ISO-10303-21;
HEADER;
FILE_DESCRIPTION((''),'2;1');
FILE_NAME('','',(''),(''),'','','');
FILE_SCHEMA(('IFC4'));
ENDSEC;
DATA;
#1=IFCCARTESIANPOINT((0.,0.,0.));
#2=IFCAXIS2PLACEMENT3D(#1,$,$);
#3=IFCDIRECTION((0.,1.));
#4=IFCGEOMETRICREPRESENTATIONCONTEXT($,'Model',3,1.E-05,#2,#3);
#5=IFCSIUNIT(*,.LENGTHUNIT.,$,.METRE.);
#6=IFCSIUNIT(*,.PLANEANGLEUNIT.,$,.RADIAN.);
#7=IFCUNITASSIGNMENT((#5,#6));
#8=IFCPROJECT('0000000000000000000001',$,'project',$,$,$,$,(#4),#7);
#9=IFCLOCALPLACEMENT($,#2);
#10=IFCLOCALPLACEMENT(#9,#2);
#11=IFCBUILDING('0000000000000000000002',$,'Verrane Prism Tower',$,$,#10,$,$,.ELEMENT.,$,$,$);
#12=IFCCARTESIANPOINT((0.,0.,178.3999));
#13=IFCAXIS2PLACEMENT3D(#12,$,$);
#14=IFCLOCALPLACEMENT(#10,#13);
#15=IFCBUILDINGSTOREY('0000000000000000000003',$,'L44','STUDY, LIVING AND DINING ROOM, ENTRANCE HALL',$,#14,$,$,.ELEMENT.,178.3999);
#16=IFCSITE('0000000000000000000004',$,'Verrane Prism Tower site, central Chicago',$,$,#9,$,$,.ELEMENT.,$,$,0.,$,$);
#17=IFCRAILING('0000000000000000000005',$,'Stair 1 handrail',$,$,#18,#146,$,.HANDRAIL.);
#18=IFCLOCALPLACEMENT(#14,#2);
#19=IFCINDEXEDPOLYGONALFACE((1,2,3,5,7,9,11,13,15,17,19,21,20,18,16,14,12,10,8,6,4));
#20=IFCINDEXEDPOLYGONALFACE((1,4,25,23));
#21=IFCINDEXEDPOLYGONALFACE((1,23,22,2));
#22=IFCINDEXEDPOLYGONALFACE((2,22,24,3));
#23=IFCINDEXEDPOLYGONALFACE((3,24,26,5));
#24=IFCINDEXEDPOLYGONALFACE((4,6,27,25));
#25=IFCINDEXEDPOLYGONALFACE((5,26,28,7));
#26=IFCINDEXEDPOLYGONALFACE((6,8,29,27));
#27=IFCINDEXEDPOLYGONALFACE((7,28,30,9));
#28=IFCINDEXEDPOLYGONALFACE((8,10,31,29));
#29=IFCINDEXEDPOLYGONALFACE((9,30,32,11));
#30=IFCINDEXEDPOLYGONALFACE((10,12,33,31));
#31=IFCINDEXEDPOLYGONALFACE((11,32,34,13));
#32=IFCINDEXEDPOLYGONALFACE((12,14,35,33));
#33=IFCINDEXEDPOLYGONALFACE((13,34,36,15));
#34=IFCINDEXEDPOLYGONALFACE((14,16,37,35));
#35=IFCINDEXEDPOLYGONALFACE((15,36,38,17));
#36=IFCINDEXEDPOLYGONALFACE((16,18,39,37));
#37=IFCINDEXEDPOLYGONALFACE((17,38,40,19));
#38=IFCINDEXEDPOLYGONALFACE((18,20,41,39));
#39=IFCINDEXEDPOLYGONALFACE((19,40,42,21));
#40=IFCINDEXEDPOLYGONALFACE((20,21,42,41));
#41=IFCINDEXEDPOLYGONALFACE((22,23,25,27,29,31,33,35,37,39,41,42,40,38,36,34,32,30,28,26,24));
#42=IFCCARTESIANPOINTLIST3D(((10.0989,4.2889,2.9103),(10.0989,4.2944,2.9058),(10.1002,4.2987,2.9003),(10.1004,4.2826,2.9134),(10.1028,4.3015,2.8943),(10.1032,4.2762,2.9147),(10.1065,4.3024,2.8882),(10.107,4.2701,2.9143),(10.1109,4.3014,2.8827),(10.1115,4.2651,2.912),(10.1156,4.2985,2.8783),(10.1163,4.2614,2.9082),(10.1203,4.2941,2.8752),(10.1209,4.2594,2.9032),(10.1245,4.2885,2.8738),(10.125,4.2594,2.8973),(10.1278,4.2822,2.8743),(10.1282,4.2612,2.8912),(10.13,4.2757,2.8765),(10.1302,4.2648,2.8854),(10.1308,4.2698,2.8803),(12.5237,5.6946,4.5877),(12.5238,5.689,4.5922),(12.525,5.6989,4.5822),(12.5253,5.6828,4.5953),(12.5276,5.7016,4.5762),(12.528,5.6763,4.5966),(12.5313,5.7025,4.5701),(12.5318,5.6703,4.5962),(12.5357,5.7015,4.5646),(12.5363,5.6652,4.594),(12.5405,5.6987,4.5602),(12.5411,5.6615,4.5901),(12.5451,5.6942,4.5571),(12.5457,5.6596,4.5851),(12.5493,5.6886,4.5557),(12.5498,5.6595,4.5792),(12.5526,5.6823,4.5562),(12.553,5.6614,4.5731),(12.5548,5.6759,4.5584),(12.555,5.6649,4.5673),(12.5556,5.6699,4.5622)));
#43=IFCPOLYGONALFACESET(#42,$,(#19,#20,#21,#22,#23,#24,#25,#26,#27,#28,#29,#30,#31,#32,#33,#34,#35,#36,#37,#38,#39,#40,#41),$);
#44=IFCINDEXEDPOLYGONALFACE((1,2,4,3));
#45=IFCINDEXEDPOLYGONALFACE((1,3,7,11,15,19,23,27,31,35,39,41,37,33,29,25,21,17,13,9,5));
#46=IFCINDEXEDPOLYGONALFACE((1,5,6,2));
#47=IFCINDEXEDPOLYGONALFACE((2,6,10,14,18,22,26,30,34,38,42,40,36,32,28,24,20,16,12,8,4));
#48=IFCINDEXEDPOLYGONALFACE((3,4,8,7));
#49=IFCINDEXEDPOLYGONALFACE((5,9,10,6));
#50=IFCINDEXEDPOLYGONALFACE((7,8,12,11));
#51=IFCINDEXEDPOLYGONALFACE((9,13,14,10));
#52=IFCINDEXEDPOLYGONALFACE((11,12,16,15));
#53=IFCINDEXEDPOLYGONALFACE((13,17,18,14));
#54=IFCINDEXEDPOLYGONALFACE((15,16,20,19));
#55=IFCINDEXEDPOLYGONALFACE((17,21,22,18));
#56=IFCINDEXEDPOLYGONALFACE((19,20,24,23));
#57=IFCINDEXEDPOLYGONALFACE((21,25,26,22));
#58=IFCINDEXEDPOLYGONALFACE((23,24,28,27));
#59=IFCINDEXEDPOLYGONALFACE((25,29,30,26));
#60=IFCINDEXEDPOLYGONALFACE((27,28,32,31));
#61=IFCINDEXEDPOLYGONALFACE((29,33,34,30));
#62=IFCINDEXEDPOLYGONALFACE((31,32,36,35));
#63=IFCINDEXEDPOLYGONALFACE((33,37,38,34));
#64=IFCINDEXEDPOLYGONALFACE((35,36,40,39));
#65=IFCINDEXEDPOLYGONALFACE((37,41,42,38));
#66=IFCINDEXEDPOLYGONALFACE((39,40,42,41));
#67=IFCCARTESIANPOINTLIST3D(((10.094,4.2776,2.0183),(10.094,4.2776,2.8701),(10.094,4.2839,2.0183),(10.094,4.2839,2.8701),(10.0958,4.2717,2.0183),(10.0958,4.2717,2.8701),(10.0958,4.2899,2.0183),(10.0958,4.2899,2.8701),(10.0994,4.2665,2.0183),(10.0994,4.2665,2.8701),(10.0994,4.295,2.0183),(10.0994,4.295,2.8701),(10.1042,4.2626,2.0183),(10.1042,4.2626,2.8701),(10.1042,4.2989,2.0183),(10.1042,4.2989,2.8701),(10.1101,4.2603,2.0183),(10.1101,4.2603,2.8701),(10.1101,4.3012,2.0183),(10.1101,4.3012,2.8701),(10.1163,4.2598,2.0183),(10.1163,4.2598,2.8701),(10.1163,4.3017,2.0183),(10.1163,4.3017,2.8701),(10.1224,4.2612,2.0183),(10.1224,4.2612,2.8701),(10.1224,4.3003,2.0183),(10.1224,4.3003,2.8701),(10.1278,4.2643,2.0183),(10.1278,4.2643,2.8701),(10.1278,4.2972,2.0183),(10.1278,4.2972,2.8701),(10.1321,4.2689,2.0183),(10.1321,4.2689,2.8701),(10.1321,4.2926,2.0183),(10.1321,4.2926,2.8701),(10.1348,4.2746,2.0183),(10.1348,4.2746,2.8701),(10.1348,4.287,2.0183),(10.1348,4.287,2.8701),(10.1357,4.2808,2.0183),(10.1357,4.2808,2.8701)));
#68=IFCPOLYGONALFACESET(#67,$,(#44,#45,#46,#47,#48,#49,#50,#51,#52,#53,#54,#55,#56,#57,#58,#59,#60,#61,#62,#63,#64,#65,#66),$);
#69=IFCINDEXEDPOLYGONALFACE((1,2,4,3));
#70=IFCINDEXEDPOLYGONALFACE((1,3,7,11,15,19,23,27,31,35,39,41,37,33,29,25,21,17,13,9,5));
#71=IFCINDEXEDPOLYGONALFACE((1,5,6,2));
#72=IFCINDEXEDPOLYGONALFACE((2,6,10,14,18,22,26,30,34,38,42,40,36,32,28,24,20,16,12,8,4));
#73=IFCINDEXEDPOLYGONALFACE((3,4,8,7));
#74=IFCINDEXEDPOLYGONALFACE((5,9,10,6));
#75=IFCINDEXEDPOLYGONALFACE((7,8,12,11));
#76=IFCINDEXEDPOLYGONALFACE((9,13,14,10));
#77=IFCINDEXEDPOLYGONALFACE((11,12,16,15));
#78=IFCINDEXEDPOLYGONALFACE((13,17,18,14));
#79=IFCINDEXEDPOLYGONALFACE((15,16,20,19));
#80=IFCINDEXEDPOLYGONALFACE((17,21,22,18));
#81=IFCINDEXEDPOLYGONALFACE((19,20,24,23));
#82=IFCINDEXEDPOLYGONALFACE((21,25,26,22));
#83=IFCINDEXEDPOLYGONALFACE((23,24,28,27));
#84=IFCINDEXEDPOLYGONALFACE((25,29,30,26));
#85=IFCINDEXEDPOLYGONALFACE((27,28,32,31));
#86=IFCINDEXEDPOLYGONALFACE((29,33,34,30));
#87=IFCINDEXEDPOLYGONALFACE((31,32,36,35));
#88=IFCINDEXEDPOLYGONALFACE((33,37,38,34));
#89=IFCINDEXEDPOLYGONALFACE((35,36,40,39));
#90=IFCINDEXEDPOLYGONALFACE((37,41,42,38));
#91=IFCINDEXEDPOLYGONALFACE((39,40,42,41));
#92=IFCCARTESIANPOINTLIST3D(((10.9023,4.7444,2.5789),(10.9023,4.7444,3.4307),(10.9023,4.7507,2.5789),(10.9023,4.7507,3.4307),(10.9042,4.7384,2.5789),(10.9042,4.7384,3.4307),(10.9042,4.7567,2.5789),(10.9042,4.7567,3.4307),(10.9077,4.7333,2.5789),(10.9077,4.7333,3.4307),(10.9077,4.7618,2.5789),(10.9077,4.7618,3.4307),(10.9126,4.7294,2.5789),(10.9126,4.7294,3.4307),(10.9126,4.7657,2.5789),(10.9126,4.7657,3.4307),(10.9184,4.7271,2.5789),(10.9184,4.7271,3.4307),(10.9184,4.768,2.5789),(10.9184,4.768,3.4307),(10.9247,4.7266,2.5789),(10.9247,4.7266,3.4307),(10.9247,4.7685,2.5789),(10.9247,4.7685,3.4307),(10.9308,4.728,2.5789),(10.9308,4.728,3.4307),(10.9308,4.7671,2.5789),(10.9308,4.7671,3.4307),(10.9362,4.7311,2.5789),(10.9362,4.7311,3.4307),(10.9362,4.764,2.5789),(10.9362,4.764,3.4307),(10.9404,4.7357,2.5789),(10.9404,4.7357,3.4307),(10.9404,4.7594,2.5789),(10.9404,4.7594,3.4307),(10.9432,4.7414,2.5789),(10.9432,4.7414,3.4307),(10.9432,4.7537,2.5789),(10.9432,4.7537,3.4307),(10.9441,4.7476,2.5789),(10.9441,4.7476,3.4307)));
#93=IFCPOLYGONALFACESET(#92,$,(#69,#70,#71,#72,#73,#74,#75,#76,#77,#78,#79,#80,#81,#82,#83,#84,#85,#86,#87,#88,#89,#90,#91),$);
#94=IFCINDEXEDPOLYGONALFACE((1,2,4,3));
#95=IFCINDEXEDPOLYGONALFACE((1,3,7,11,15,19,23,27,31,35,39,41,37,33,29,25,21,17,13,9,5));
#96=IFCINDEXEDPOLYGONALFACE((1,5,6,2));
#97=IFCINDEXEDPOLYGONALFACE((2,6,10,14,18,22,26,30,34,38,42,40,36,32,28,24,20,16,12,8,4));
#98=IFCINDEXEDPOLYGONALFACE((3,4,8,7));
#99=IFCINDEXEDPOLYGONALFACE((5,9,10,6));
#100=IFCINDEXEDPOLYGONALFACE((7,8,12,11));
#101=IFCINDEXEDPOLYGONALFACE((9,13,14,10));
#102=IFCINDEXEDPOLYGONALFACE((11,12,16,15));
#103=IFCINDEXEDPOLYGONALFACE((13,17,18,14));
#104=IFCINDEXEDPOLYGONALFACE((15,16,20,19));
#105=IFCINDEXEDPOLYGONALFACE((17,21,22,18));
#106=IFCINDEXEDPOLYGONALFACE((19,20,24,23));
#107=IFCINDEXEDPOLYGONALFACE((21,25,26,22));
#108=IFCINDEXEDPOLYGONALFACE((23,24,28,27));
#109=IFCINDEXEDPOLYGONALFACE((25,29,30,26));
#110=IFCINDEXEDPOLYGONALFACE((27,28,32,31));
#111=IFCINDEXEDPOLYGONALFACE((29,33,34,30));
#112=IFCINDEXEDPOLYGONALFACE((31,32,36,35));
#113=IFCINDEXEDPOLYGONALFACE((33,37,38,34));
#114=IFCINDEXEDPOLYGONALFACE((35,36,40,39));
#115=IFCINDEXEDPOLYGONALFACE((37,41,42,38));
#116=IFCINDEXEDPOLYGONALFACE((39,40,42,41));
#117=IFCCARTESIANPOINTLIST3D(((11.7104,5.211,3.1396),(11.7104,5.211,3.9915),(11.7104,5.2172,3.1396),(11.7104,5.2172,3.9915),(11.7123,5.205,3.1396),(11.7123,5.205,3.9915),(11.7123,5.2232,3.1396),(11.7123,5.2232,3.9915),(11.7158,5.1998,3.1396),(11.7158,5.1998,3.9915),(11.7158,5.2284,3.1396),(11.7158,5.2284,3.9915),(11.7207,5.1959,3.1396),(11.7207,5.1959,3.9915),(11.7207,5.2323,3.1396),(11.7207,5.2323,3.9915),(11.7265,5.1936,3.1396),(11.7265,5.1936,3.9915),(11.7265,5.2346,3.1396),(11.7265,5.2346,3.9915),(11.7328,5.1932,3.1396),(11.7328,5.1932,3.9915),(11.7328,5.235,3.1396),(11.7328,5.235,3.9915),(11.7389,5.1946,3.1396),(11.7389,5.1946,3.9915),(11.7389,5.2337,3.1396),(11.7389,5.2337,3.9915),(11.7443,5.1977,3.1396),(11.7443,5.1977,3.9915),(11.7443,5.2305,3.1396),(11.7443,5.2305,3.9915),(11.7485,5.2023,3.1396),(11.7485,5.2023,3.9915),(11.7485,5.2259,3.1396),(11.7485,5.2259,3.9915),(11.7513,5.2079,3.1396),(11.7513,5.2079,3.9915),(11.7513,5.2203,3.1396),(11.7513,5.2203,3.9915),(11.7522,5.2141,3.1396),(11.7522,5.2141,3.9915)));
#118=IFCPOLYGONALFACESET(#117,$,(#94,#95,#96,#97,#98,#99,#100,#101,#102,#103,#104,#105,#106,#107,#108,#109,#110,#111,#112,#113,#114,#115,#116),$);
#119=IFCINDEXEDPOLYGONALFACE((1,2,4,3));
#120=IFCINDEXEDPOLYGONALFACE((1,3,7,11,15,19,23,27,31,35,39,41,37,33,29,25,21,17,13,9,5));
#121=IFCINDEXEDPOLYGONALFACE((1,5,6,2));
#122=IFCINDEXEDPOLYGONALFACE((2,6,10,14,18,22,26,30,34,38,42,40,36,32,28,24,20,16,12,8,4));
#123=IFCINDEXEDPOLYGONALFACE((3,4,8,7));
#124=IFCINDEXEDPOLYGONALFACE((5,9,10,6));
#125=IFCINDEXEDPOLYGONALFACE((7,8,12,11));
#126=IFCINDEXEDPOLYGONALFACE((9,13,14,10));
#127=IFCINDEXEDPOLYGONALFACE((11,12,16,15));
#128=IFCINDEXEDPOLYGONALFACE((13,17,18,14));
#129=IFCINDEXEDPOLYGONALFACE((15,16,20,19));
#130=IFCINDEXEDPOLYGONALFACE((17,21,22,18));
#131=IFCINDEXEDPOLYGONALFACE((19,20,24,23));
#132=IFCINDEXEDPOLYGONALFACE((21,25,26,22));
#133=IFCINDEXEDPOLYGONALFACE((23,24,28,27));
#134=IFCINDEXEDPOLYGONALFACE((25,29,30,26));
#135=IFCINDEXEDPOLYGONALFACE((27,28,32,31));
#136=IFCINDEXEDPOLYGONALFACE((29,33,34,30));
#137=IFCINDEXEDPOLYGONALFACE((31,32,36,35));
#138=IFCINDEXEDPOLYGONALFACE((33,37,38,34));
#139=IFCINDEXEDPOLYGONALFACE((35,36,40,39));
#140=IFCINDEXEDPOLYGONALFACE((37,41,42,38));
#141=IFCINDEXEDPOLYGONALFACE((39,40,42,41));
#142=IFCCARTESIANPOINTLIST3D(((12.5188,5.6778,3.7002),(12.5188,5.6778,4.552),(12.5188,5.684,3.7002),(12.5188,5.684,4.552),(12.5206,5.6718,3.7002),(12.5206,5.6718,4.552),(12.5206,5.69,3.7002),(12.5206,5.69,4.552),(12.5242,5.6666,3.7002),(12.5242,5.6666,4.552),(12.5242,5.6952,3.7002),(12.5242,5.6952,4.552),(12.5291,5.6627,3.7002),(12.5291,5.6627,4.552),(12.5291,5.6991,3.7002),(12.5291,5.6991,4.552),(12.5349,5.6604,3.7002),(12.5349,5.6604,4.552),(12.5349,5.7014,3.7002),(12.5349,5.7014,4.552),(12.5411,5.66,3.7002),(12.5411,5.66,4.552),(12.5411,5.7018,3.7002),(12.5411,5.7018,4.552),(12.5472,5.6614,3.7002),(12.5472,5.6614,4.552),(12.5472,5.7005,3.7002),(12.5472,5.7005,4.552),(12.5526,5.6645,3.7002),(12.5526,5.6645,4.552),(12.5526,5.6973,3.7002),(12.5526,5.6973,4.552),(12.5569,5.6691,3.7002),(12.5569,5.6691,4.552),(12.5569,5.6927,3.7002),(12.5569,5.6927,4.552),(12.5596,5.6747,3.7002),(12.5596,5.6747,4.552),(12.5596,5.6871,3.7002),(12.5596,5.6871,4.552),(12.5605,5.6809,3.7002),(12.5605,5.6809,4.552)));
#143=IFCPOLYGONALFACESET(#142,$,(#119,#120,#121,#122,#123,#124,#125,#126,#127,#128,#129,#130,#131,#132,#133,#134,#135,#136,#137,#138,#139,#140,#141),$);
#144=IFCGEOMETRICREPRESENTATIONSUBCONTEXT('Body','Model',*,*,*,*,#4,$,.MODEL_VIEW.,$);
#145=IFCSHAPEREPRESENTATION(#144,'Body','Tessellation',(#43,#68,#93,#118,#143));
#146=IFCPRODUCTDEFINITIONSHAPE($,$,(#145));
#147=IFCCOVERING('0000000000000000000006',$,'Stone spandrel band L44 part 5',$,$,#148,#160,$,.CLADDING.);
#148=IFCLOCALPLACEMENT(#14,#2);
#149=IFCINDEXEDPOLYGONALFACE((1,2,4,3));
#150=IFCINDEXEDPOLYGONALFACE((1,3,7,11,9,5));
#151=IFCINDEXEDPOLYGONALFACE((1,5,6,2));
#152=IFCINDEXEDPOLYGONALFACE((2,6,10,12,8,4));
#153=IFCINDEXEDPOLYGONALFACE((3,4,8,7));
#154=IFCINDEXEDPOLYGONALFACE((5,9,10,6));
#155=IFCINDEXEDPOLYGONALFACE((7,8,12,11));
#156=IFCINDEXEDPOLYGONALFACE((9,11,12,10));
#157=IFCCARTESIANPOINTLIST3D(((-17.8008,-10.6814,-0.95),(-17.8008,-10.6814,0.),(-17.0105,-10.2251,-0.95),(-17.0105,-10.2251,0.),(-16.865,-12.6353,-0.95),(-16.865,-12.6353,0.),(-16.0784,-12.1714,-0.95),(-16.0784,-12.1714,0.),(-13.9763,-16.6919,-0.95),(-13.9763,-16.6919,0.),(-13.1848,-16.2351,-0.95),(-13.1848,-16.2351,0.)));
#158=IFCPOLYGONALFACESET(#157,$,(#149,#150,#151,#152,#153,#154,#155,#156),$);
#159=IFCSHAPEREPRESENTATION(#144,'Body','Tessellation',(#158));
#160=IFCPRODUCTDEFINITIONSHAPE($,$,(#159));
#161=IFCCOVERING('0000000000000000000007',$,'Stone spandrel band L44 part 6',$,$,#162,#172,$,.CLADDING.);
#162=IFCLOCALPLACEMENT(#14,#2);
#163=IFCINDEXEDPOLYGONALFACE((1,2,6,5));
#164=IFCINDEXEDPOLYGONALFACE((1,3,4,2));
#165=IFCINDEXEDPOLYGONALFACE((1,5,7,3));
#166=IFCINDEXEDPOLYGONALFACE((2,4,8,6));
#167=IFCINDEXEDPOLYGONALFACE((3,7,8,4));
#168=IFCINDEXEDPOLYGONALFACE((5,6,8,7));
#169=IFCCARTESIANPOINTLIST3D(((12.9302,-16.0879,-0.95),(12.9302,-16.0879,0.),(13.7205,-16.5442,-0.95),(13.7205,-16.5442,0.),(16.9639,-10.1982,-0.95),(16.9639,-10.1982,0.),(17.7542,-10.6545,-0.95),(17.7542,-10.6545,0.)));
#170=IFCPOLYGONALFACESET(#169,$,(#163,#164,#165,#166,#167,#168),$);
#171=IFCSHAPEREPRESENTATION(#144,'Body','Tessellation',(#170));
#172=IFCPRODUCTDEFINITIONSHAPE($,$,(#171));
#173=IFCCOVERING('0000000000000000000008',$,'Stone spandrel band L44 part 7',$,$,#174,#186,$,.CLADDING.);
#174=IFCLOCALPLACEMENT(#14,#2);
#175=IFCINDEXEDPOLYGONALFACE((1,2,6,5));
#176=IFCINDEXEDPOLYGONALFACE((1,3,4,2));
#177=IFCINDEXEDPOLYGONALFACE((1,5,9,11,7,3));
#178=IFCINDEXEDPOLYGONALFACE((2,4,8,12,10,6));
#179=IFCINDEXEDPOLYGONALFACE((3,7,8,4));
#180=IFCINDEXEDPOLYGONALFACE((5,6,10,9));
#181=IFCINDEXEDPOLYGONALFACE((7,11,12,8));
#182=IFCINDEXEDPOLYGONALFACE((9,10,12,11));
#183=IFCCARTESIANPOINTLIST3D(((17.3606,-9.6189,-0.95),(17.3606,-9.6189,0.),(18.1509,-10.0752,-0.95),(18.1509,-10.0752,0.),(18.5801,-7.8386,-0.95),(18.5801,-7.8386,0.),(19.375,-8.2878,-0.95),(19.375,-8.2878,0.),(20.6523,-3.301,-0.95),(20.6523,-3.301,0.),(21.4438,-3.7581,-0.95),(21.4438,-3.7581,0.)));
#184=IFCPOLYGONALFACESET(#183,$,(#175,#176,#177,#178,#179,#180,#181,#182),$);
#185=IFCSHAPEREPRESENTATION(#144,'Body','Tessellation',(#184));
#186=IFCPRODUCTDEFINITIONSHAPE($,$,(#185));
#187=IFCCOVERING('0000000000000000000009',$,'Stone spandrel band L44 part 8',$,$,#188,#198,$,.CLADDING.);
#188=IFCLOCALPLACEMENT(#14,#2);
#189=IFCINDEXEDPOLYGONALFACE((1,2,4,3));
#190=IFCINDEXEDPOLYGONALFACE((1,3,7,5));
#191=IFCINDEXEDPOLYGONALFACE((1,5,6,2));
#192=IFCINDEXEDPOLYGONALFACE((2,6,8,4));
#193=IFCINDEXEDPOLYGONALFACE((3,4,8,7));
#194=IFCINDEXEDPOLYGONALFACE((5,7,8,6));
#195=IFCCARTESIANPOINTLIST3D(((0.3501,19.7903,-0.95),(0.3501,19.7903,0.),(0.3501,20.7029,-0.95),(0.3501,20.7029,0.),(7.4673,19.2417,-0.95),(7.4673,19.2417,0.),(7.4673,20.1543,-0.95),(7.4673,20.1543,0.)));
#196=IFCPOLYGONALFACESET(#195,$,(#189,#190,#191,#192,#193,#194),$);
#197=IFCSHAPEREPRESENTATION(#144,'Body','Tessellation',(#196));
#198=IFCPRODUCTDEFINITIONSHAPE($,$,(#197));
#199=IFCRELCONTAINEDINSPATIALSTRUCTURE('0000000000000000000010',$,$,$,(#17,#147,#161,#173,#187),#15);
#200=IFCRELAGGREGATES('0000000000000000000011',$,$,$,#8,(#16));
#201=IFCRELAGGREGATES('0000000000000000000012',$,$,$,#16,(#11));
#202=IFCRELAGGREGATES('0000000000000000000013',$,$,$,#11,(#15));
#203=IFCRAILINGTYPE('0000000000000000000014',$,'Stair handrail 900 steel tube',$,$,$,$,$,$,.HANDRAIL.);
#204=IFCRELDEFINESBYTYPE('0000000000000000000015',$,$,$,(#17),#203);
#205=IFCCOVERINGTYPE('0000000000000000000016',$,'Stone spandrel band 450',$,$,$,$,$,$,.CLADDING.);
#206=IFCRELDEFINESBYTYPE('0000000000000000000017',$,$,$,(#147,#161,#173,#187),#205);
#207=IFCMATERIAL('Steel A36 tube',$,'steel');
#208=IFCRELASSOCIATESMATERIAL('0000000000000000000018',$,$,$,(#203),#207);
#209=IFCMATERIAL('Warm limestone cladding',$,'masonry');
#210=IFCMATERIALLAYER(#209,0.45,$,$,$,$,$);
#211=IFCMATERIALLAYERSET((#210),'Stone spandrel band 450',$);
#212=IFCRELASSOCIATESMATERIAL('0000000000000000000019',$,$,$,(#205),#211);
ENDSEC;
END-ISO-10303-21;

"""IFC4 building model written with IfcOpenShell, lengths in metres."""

from ifc_helpers import new_model, si_unit, direction, frame, origin, origin_2d, place, context, subcontext, project, spatial, polyline, circle, outline, extrude, material, layer, layer_set, type_object, element, save


model = new_model("IFC4")

# Units and contexts
model_context = context("Model", 3, precision=1e-05, world=origin(), true_north=direction((0.0, 1.0)))
body_context = subcontext(model_context, "Body", "Model", "MODEL_VIEW")
ifc_project = project(units=[si_unit("LENGTHUNIT", "METRE"), si_unit("PLANEANGLEUNIT", "RADIAN")], contexts=[model_context])

# Site, building, storey
site_placement = place(None, origin())
site = spatial("IfcSite", under=ifc_project, at=site_placement, Name="Verrane Prism Tower site, central Chicago", CompositionType="ELEMENT", RefElevation=0.0)
building_placement = place(site_placement, origin())
building = spatial("IfcBuilding", under=site, at=building_placement, Name="Verrane Prism Tower", CompositionType="ELEMENT")
storey_placement = place(building_placement, frame((0.0, 0.0, 178.3999)))
storey = spatial("IfcBuildingStorey", under=building, at=storey_placement, Name="L44", Description="STUDY, LIVING AND DINING ROOM, ENTRANCE HALL", CompositionType="ELEMENT", Elevation=178.3999)

# Railing
ifc_material_1 = material(Name="Steel A36 tube", Category="steel")
railing_type = type_object("IfcRailingType", Name="Stair handrail 900 steel tube", PredefinedType="HANDRAIL", material=ifc_material_1)
railing_placement = place(storey_placement, frame((10.1147, 4.2808, 2.0183)))
element("IfcRailing", 1, at=railing_placement, inside=storey, type_object=railing_type, Name="Stair 1 handrail", PredefinedType="HANDRAIL", context=body_context, shape_type="SweptSolid", body=[
    extrude(circle(Radius=0.0239, at=origin_2d()), frame((0.0, 0.0, 0.876), z_axis=(0.742367, 0.428662, 0.514918), x_axis=(-0.50005, 0.865997, 0.0)), (0.0, 0.0, 1.0), 3.2664),
    extrude(circle(Radius=0.021, at=origin_2d()), origin(), (0.0, 0.0, 1.0), 0.8518),
    extrude(circle(Radius=0.021, at=origin_2d()), frame((0.8083, 0.4668, 0.5605)), (0.0, 0.0, 1.0), 0.8518),
    extrude(circle(Radius=0.021, at=origin_2d()), frame((1.6165, 0.9333, 1.1213)), (0.0, 0.0, 1.0), 0.8518),
    extrude(circle(Radius=0.021, at=origin_2d()), frame((2.4248, 1.4001, 1.6819)), (0.0, 0.0, 1.0), 0.8518),
])

# Coverings
ifc_material_2 = material(Name="Warm limestone cladding", Category="masonry")
ifc_layer_1 = layer(ifc_material_2, 0.45)
ifc_layer_set_1 = layer_set([ifc_layer_1], Name="Stone spandrel band 450")
covering_type = type_object("IfcCoveringType", Name="Stone spandrel band 450", PredefinedType="CLADDING", material=ifc_layer_set_1)
covering_1_placement = place(storey_placement, frame((0.0, 0.0, -0.95)))
element("IfcCovering", 2, at=covering_1_placement, inside=storey, type_object=covering_type, Name="Stone spandrel band L44 part 5", PredefinedType="CLADDING", context=body_context, shape_type="SweptSolid", body=[
    extrude(outline(polyline([(-13.1848, -16.2351), (-16.0784, -12.1714), (-17.0105, -10.2251), (-17.8008, -10.6814), (-16.865, -12.6353), (-13.9763, -16.6919), (-13.1848, -16.2351)])), origin(), (0.0, 0.0, 1.0), 0.95),
])
covering_2_placement = place(storey_placement, frame((0.0, 0.0, -0.95)))
element("IfcCovering", 3, at=covering_2_placement, inside=storey, type_object=covering_type, Name="Stone spandrel band L44 part 6", PredefinedType="CLADDING", context=body_context, shape_type="SweptSolid", body=[
    extrude(outline(polyline([(17.7542, -10.6545), (16.9639, -10.1982), (12.9302, -16.0879), (13.7205, -16.5442), (17.7542, -10.6545)])), origin(), (0.0, 0.0, 1.0), 0.95),
])
covering_3_placement = place(storey_placement, frame((0.0, 0.0, -0.95)))
element("IfcCovering", 4, at=covering_3_placement, inside=storey, type_object=covering_type, Name="Stone spandrel band L44 part 7", PredefinedType="CLADDING", context=body_context, shape_type="SweptSolid", body=[
    extrude(outline(polyline([(20.6523, -3.301), (18.5801, -7.8386), (17.3606, -9.6189), (18.1509, -10.0752), (19.375, -8.2878), (21.4438, -3.7581), (20.6523, -3.301)])), origin(), (0.0, 0.0, 1.0), 0.95),
])
covering_4_placement = place(storey_placement, frame((0.0, 0.0, -0.95)))
element("IfcCovering", 5, at=covering_4_placement, inside=storey, type_object=covering_type, Name="Stone spandrel band L44 part 8", PredefinedType="CLADDING", context=body_context, shape_type="SweptSolid", body=[
    extrude(outline(polyline([(0.3501, 19.7903), (7.4673, 19.2417), (7.4673, 20.1543), (0.3501, 20.7029), (0.3501, 19.7903)])), origin(), (0.0, 0.0, 1.0), 0.95),
])

save(model, "model.ifc")
